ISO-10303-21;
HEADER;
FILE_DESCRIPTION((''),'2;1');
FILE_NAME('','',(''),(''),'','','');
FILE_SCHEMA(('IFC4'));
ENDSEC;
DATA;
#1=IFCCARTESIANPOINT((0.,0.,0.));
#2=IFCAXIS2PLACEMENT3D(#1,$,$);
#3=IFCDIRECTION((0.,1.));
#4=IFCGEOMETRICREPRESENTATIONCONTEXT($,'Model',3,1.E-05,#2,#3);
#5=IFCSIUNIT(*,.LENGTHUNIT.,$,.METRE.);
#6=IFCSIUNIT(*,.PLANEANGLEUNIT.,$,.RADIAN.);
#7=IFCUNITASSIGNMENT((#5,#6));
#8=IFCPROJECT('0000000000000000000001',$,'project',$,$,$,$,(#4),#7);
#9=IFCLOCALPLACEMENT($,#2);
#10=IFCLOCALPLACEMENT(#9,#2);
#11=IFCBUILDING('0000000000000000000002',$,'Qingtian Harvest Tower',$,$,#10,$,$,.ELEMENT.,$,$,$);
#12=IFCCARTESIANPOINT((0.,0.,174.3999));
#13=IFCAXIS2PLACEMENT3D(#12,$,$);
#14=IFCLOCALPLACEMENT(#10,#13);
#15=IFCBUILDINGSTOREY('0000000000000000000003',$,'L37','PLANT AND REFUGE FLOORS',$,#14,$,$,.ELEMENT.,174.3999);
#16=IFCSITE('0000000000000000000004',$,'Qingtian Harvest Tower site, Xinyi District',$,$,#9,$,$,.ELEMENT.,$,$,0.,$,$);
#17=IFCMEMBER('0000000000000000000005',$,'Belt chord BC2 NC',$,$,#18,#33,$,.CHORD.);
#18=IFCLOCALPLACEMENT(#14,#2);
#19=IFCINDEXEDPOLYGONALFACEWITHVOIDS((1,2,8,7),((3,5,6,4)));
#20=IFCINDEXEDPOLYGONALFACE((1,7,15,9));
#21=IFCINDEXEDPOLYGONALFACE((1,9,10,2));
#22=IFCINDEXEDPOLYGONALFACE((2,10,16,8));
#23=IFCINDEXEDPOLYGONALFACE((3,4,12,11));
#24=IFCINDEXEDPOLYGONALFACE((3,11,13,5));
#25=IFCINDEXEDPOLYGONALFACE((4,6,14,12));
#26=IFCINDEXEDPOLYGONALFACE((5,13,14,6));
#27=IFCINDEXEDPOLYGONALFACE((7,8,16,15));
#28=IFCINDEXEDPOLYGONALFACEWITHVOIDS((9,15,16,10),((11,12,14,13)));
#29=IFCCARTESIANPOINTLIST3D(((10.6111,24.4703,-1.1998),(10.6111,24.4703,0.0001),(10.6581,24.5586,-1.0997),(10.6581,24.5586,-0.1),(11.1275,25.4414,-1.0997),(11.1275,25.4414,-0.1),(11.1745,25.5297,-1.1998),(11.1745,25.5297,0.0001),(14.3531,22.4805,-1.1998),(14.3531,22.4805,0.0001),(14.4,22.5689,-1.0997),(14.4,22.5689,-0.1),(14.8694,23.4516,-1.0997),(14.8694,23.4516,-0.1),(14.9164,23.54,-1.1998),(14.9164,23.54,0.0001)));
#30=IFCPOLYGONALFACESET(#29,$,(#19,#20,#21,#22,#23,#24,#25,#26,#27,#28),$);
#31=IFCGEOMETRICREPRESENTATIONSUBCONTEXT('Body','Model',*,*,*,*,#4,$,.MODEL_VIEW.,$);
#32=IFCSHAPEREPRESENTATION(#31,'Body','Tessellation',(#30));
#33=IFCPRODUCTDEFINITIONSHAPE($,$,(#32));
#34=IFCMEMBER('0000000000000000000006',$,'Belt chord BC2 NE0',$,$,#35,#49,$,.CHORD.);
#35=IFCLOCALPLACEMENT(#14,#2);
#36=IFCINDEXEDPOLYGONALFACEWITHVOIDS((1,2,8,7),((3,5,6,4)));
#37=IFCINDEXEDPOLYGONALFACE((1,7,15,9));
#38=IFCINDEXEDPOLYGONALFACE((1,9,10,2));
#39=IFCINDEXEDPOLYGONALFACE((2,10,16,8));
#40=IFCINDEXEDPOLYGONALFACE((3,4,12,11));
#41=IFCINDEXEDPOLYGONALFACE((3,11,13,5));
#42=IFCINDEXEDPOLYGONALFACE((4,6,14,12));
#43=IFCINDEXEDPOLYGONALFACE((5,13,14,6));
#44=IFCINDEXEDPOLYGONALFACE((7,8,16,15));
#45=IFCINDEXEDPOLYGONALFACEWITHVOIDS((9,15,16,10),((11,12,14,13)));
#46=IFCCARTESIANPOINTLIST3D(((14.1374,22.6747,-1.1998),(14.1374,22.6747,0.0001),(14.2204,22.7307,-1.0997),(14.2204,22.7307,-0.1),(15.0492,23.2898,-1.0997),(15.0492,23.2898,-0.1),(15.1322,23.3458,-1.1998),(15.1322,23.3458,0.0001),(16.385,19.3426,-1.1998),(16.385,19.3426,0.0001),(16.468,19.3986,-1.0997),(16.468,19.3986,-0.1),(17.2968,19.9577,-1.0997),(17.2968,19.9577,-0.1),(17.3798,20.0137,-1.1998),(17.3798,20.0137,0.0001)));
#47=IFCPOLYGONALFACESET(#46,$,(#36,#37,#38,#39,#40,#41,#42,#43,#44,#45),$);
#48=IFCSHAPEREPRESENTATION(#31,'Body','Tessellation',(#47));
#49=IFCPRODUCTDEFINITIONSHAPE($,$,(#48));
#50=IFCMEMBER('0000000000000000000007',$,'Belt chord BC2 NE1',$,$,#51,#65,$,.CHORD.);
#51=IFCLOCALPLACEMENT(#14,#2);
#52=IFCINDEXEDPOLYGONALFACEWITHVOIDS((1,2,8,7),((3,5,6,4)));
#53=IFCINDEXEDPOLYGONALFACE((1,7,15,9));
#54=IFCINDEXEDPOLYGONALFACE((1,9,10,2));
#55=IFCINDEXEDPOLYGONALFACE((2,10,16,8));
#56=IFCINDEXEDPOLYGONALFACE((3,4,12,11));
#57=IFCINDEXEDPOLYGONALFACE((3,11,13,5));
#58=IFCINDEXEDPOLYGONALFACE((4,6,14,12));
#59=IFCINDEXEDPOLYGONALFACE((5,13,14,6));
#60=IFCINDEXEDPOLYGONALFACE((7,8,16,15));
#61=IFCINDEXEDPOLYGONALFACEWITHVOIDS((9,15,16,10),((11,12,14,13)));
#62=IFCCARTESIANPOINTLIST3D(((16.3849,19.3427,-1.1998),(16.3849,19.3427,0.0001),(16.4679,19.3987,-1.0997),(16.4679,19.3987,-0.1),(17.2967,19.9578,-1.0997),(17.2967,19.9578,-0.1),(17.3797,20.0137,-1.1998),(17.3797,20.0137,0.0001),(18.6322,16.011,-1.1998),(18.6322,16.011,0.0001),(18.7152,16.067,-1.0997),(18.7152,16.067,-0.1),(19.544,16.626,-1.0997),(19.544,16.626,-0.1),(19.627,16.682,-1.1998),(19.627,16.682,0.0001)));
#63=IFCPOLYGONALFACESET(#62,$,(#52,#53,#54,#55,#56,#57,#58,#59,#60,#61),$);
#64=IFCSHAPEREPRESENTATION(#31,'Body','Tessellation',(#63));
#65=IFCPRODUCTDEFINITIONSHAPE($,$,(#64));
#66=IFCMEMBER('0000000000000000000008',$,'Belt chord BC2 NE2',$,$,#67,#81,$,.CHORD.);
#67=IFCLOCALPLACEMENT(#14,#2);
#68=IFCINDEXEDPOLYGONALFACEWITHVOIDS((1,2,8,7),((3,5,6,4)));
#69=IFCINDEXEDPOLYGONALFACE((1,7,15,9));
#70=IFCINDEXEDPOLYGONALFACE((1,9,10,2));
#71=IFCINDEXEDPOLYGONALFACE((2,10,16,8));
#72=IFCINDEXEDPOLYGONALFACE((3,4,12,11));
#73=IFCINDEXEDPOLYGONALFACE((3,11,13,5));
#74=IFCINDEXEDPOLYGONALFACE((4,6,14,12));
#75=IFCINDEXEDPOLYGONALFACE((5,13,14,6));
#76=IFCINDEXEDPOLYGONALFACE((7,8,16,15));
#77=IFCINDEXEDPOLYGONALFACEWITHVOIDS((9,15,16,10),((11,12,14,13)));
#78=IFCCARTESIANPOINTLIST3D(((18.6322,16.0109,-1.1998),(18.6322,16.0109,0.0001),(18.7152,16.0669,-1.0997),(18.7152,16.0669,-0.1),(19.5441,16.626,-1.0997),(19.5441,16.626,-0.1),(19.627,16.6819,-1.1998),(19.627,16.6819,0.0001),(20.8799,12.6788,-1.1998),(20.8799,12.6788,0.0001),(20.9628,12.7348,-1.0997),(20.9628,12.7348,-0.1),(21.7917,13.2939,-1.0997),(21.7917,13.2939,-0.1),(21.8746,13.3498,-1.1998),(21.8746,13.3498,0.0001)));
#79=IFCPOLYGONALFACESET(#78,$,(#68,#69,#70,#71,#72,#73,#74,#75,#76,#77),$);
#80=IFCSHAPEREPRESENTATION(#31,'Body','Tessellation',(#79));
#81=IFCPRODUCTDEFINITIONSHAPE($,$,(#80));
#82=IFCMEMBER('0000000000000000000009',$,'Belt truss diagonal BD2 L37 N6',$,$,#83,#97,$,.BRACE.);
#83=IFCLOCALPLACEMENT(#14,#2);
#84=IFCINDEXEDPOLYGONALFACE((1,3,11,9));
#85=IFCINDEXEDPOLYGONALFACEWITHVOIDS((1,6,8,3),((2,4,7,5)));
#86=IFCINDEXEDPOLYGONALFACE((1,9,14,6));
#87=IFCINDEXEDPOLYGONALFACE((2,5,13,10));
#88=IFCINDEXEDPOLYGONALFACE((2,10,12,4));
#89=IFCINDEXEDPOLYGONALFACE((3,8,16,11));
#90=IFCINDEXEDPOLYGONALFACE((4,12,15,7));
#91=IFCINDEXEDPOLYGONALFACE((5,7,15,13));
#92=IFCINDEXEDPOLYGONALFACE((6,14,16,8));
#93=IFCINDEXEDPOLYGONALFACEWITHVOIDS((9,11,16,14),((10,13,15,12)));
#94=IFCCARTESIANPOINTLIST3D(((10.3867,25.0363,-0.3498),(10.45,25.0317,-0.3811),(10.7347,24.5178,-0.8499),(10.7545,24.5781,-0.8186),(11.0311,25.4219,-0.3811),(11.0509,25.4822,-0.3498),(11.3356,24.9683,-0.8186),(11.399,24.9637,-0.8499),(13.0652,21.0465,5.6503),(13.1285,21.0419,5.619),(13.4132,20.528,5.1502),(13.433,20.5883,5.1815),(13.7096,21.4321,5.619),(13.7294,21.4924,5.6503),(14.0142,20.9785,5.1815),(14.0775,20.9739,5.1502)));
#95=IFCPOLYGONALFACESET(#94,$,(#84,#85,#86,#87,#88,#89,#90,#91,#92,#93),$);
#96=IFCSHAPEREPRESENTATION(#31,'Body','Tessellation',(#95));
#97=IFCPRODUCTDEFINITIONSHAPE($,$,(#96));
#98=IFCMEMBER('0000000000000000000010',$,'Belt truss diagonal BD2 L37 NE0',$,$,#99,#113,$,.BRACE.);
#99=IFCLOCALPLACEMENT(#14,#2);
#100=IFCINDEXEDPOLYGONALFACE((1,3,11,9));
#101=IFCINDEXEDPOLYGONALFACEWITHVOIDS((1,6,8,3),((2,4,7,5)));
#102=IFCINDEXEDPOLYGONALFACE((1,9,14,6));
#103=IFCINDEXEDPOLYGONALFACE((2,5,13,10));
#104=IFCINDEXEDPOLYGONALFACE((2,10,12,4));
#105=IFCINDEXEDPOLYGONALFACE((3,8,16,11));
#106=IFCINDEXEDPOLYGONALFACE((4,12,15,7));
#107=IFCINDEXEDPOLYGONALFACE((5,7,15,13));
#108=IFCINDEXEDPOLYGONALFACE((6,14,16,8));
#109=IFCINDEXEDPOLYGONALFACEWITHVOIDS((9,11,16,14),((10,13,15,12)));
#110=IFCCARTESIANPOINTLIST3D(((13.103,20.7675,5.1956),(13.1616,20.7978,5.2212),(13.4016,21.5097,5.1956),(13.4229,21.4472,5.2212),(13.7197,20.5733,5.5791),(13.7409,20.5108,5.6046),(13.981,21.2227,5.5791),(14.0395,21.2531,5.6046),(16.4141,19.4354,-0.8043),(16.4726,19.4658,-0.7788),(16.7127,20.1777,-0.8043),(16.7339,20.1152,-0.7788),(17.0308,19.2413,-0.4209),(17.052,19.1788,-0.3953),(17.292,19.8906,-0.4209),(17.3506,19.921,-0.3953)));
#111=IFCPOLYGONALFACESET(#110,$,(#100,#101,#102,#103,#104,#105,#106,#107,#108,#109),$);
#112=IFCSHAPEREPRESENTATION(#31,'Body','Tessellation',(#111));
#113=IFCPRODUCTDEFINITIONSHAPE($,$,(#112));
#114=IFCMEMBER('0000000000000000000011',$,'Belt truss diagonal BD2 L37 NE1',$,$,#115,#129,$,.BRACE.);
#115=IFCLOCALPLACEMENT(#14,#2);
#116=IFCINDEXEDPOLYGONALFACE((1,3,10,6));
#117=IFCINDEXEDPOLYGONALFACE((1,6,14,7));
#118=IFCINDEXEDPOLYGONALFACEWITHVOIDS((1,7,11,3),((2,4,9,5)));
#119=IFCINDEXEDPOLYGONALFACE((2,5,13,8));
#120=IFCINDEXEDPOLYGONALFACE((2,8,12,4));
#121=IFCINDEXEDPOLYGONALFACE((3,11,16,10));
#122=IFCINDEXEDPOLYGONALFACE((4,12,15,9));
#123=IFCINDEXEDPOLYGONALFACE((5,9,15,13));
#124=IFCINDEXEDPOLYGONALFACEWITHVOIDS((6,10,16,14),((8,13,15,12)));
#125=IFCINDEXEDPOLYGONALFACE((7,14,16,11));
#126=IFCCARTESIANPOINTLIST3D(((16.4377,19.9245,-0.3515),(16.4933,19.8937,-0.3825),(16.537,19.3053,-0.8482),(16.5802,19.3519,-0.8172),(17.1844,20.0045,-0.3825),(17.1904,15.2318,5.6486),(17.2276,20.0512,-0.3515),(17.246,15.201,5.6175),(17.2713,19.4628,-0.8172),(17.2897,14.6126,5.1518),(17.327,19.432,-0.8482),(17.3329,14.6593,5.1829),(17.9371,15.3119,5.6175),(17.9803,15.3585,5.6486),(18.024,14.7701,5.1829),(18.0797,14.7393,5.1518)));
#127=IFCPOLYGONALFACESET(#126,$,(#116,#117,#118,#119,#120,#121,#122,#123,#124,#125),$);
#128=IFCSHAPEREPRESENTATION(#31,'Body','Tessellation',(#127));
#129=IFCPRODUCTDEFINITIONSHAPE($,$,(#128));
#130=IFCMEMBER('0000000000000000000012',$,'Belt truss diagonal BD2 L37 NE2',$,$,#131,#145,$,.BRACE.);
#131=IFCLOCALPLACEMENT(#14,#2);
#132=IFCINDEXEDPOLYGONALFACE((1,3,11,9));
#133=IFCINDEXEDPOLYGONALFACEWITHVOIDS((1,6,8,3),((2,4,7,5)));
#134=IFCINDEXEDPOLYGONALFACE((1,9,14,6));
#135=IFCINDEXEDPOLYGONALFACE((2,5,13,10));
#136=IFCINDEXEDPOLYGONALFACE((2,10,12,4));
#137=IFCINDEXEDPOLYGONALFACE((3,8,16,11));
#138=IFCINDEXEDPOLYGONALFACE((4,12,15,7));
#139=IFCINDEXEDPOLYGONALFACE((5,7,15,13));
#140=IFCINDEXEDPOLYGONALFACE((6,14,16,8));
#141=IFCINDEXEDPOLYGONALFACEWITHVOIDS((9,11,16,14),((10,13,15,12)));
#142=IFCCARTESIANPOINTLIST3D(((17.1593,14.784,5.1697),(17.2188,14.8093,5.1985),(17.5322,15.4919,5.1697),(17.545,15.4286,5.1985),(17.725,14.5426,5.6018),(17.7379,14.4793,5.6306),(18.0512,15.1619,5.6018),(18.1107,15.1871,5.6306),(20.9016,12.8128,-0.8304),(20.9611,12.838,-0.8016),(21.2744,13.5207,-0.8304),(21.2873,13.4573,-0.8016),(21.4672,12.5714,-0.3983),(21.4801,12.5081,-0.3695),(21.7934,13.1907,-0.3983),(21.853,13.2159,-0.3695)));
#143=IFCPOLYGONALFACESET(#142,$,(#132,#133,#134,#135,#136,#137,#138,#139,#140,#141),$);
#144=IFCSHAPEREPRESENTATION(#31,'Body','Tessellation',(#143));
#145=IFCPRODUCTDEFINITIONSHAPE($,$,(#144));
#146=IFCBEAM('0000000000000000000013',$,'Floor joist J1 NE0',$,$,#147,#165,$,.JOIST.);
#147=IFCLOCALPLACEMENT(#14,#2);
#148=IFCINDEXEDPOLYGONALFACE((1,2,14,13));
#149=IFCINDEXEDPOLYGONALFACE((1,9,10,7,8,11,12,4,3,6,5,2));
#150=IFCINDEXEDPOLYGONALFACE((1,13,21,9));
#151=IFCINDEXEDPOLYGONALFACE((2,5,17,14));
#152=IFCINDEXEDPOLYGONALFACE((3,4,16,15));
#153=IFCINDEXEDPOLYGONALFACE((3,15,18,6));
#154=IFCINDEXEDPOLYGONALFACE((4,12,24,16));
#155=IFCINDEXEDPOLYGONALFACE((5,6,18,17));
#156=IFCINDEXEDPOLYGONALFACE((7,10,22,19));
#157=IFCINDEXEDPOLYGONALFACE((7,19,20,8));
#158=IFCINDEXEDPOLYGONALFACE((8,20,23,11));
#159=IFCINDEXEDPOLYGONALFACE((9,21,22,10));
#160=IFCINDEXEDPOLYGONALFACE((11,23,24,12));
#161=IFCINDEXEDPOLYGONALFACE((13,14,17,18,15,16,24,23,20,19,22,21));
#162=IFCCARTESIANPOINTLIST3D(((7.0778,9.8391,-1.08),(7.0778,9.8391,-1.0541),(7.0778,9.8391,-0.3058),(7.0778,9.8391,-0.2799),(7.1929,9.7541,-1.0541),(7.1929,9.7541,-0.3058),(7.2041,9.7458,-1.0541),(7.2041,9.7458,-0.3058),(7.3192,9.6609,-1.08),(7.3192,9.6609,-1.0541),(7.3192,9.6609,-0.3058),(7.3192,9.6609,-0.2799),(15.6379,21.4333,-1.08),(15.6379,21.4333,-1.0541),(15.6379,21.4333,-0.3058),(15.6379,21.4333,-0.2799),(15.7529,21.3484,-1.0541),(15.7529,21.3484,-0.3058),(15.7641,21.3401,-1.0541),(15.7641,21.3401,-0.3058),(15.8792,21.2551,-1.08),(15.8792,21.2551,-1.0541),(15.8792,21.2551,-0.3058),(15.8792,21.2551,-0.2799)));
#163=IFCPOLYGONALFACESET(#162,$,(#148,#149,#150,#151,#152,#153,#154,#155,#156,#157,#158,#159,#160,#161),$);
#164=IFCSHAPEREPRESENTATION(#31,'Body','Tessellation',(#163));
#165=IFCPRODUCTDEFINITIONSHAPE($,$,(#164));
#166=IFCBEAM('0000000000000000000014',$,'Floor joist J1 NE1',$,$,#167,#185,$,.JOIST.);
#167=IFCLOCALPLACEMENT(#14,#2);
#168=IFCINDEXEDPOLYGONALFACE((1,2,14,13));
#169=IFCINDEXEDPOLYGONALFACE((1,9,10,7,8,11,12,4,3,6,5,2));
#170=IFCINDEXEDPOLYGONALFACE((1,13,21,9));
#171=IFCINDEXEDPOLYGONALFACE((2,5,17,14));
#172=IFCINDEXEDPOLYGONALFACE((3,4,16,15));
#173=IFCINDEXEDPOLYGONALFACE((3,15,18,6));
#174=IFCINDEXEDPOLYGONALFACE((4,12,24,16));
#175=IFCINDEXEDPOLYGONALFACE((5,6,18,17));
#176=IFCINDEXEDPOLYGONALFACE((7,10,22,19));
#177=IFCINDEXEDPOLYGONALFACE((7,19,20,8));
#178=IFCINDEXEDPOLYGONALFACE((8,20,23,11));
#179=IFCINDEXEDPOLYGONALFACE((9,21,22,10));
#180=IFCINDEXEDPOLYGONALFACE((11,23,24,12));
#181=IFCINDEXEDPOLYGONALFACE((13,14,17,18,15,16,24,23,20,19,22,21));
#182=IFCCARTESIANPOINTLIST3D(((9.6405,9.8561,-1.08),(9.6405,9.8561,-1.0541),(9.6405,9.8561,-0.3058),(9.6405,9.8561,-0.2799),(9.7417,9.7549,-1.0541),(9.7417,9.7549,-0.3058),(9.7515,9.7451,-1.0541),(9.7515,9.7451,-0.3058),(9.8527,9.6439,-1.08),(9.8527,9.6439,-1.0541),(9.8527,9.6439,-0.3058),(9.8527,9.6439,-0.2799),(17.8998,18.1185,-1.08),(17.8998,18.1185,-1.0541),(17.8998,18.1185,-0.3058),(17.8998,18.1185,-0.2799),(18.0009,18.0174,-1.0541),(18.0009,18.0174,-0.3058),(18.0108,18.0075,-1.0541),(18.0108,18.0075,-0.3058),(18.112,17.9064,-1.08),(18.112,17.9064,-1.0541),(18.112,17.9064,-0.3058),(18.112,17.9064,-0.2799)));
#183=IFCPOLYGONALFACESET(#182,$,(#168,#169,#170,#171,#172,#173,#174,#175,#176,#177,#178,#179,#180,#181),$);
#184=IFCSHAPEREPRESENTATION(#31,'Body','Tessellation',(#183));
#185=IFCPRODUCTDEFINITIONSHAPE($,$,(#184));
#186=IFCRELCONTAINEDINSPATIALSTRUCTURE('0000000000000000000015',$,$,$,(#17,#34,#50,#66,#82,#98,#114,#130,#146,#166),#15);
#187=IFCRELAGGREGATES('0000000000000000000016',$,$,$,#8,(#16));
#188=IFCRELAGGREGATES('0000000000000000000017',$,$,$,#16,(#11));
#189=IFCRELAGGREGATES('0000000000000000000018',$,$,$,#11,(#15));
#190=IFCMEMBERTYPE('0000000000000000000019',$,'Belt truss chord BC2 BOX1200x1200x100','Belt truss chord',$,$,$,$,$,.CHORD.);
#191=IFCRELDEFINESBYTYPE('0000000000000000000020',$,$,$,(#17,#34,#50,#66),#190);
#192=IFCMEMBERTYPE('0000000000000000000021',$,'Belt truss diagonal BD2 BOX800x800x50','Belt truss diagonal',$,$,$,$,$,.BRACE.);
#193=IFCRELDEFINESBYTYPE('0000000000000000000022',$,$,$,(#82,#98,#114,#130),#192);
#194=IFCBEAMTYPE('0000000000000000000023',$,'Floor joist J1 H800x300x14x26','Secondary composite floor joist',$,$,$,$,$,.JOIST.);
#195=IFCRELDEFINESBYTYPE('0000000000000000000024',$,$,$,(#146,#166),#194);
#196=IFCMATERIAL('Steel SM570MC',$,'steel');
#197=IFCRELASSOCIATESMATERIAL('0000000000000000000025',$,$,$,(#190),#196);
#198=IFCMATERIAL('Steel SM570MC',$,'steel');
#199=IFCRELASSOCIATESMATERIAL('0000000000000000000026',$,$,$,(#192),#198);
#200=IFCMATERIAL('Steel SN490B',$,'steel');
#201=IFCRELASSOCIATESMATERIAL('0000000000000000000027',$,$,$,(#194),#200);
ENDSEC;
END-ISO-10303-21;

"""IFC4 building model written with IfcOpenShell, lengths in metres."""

from ifc_helpers import new_model, si_unit, direction, frame, origin, origin_2d, place, context, subcontext, project, spatial, hollow_rectangle, i_section, extrude, material, material_profile, profile_set, type_object, element, save


model = new_model("IFC4")

# Units and contexts
model_context = context("Model", 3, precision=1e-05, world=origin(), true_north=direction((0.0, 1.0)))
body_context = subcontext(model_context, "Body", "Model", "MODEL_VIEW")
ifc_project = project(units=[si_unit("LENGTHUNIT", "METRE"), si_unit("PLANEANGLEUNIT", "RADIAN")], contexts=[model_context])

# Site, building, storey
site_placement = place(None, origin())
site = spatial("IfcSite", under=ifc_project, at=site_placement, Name="Qingtian Harvest Tower site, Xinyi District", CompositionType="ELEMENT", RefElevation=0.0)
building_placement = place(site_placement, origin())
building = spatial("IfcBuilding", under=site, at=building_placement, Name="Qingtian Harvest Tower", CompositionType="ELEMENT")
storey_placement = place(building_placement, frame((0.0, 0.0, 174.3999)))
storey = spatial("IfcBuildingStorey", under=building, at=storey_placement, Name="L37", Description="PLANT AND REFUGE FLOORS", CompositionType="ELEMENT", Elevation=174.3999)

# Members
ifc_material_1 = material(Name="Steel SM570MC", Category="steel")
ifc_material_profile_1 = material_profile(ifc_material_1, hollow_rectangle(XDim=1.2, YDim=1.2, WallThickness=0.1001, at=origin_2d()), Name="BOX1200x1200x100")
ifc_profile_set_1 = profile_set([ifc_material_profile_1], Name="Steel SM570MC")
member_type_1 = type_object("IfcMemberType", Name="Belt truss chord BC2 BOX1200x1200x100", Description="Belt truss chord", PredefinedType="CHORD", material=ifc_profile_set_1)
member_1_placement = place(storey_placement, frame((10.8928, 25.0, -0.5999), z_axis=(0.882936, -0.469494, 0.0), x_axis=(0.469494, 0.882936, 0.0)))
element("IfcMember", 1, at=member_1_placement, inside=storey, type_object=member_type_1, Name="Belt chord BC2 NC", PredefinedType="CHORD", context=body_context, shape_type="SweptSolid", body=[
    extrude(hollow_rectangle(XDim=1.2, YDim=1.2, WallThickness=0.1001, at=origin_2d()), origin(), (0.0, 0.0, 1.0), 4.238),
])
member_2_placement = place(storey_placement, frame((14.6348, 23.0103, -0.5999), z_axis=(0.559206, -0.829029, 0.0), x_axis=(0.829029, 0.559206, 0.0)))
element("IfcMember", 2, at=member_2_placement, inside=storey, type_object=member_type_1, Name="Belt chord BC2 NE0", PredefinedType="CHORD", context=body_context, shape_type="SweptSolid", body=[
    extrude(hollow_rectangle(XDim=1.2, YDim=1.2, WallThickness=0.1001, at=origin_2d()), origin(), (0.0, 0.0, 1.0), 4.0193),
])
member_3_placement = place(storey_placement, frame((16.8823, 19.6782, -0.5999), z_axis=(0.559192, -0.829038, 0.0), x_axis=(0.829038, 0.559192, 0.0)))
element("IfcMember", 3, at=member_3_placement, inside=storey, type_object=member_type_1, Name="Belt chord BC2 NE1", PredefinedType="CHORD", context=body_context, shape_type="SweptSolid", body=[
    extrude(hollow_rectangle(XDim=1.2, YDim=1.2, WallThickness=0.1001, at=origin_2d()), origin(), (0.0, 0.0, 1.0), 4.0188),
])
member_4_placement = place(storey_placement, frame((19.1296, 16.3464, -0.5999), z_axis=(0.559206, -0.829029, 0.0), x_axis=(0.829029, 0.559206, 0.0)))
element("IfcMember", 4, at=member_4_placement, inside=storey, type_object=member_type_1, Name="Belt chord BC2 NE2", PredefinedType="CHORD", context=body_context, shape_type="SweptSolid", body=[
    extrude(hollow_rectangle(XDim=1.2, YDim=1.2, WallThickness=0.1001, at=origin_2d()), origin(), (0.0, 0.0, 1.0), 4.0193),
])
ifc_material_2 = material(Name="Steel SM570MC", Category="steel")
ifc_material_profile_2 = material_profile(ifc_material_2, hollow_rectangle(XDim=0.8, YDim=0.8, WallThickness=0.05, at=origin_2d()), Name="BOX800x800x50")
ifc_profile_set_2 = profile_set([ifc_material_profile_2], Name="Steel SM570MC")
member_type_2 = type_object("IfcMemberType", Name="Belt truss diagonal BD2 BOX800x800x50", Description="Belt truss diagonal", PredefinedType="BRACE", material=ifc_profile_set_2)
member_5_placement = place(storey_placement, frame((10.8928, 25.0, -0.5999), z_axis=(0.348434, -0.519015, 0.780523), x_axis=(0.830256, 0.557382, 0.0)))
element("IfcMember", 5, at=member_5_placement, inside=storey, type_object=member_type_2, Name="Belt truss diagonal BD2 L37 N6", PredefinedType="BRACE", context=body_context, shape_type="SweptSolid", body=[
    extrude(hollow_rectangle(XDim=0.8, YDim=0.8, WallThickness=0.05, at=origin_2d()), origin(), (0.0, 0.0, 1.0), 7.6873),
])
member_6_placement = place(storey_placement, frame((13.5713, 21.0103, 5.4001), z_axis=(0.474278, -0.190802, -0.85945), x_axis=(0.37323, 0.927739, 0.0)))
element("IfcMember", 6, at=member_6_placement, inside=storey, type_object=member_type_2, Name="Belt truss diagonal BD2 L37 NE0", PredefinedType="BRACE", context=body_context, shape_type="SweptSolid", body=[
    extrude(hollow_rectangle(XDim=0.8, YDim=0.8, WallThickness=0.05, at=origin_2d()), origin(), (0.0, 0.0, 1.0), 6.9812),
])
member_7_placement = place(storey_placement, frame((16.8823, 19.6782, -0.5999), z_axis=(0.098336, -0.613076, 0.78388), x_axis=(0.987379, 0.158373, 0.0)))
element("IfcMember", 7, at=member_7_placement, inside=storey, type_object=member_type_2, Name="Belt truss diagonal BD2 L37 NE1", PredefinedType="BRACE", context=body_context, shape_type="SweptSolid", body=[
    extrude(hollow_rectangle(XDim=0.8, YDim=0.8, WallThickness=0.05, at=origin_2d()), origin(), (0.0, 0.0, 1.0), 7.6543),
])
member_8_placement = place(storey_placement, frame((17.635, 14.9856, 5.4001), z_axis=(0.509769, -0.26852, -0.817333), x_axis=(0.466046, 0.88476, 0.0)))
element("IfcMember", 8, at=member_8_placement, inside=storey, type_object=member_type_2, Name="Belt truss diagonal BD2 L37 NE2", PredefinedType="BRACE", context=body_context, shape_type="SweptSolid", body=[
    extrude(hollow_rectangle(XDim=0.8, YDim=0.8, WallThickness=0.05, at=origin_2d()), origin(), (0.0, 0.0, 1.0), 7.3411),
])

# Beams
ifc_material_3 = material(Name="Steel SN490B", Category="steel")
ifc_material_profile_3 = material_profile(ifc_material_3, i_section(OverallWidth=0.3, OverallDepth=0.8, WebThickness=0.0139, FlangeThickness=0.0259, at=origin_2d()), Name="H800x300x14x26")
ifc_profile_set_3 = profile_set([ifc_material_profile_3], Name="Steel SN490B")
beam_type_1 = type_object("IfcBeamType", Name="Floor joist J1 H800x300x14x26", Description="Secondary composite floor joist", PredefinedType="JOIST", material=ifc_profile_set_3)
beam_1_placement = place(storey_placement, frame((15.7585, 21.3442, -0.6799), z_axis=(-0.59396, -0.804494, 0.0), x_axis=(0.804494, -0.59396, 0.0)))
element("IfcBeam", 9, at=beam_1_placement, inside=storey, type_object=beam_type_1, Name="Floor joist J1 NE0", PredefinedType="JOIST", context=body_context, shape_type="SweptSolid", body=[
    extrude(i_section(OverallWidth=0.3, OverallDepth=0.8, WebThickness=0.0139, FlangeThickness=0.0259, at=origin_2d()), origin(), (0.0, 0.0, 1.0), 14.4119),
])
beam_2_placement = place(storey_placement, frame((18.0059, 18.0125, -0.6799), z_axis=(-0.706971, -0.707243, 0.0), x_axis=(0.707243, -0.706971, 0.0)))
element("IfcBeam", 10, at=beam_2_placement, inside=storey, type_object=beam_type_1, Name="Floor joist J1 NE1", PredefinedType="JOIST", context=body_context, shape_type="SweptSolid", body=[
    extrude(i_section(OverallWidth=0.3, OverallDepth=0.8, WebThickness=0.0139, FlangeThickness=0.0259, at=origin_2d()), origin(), (0.0, 0.0, 1.0), 11.6826),
])

save(model, "model.ifc")
